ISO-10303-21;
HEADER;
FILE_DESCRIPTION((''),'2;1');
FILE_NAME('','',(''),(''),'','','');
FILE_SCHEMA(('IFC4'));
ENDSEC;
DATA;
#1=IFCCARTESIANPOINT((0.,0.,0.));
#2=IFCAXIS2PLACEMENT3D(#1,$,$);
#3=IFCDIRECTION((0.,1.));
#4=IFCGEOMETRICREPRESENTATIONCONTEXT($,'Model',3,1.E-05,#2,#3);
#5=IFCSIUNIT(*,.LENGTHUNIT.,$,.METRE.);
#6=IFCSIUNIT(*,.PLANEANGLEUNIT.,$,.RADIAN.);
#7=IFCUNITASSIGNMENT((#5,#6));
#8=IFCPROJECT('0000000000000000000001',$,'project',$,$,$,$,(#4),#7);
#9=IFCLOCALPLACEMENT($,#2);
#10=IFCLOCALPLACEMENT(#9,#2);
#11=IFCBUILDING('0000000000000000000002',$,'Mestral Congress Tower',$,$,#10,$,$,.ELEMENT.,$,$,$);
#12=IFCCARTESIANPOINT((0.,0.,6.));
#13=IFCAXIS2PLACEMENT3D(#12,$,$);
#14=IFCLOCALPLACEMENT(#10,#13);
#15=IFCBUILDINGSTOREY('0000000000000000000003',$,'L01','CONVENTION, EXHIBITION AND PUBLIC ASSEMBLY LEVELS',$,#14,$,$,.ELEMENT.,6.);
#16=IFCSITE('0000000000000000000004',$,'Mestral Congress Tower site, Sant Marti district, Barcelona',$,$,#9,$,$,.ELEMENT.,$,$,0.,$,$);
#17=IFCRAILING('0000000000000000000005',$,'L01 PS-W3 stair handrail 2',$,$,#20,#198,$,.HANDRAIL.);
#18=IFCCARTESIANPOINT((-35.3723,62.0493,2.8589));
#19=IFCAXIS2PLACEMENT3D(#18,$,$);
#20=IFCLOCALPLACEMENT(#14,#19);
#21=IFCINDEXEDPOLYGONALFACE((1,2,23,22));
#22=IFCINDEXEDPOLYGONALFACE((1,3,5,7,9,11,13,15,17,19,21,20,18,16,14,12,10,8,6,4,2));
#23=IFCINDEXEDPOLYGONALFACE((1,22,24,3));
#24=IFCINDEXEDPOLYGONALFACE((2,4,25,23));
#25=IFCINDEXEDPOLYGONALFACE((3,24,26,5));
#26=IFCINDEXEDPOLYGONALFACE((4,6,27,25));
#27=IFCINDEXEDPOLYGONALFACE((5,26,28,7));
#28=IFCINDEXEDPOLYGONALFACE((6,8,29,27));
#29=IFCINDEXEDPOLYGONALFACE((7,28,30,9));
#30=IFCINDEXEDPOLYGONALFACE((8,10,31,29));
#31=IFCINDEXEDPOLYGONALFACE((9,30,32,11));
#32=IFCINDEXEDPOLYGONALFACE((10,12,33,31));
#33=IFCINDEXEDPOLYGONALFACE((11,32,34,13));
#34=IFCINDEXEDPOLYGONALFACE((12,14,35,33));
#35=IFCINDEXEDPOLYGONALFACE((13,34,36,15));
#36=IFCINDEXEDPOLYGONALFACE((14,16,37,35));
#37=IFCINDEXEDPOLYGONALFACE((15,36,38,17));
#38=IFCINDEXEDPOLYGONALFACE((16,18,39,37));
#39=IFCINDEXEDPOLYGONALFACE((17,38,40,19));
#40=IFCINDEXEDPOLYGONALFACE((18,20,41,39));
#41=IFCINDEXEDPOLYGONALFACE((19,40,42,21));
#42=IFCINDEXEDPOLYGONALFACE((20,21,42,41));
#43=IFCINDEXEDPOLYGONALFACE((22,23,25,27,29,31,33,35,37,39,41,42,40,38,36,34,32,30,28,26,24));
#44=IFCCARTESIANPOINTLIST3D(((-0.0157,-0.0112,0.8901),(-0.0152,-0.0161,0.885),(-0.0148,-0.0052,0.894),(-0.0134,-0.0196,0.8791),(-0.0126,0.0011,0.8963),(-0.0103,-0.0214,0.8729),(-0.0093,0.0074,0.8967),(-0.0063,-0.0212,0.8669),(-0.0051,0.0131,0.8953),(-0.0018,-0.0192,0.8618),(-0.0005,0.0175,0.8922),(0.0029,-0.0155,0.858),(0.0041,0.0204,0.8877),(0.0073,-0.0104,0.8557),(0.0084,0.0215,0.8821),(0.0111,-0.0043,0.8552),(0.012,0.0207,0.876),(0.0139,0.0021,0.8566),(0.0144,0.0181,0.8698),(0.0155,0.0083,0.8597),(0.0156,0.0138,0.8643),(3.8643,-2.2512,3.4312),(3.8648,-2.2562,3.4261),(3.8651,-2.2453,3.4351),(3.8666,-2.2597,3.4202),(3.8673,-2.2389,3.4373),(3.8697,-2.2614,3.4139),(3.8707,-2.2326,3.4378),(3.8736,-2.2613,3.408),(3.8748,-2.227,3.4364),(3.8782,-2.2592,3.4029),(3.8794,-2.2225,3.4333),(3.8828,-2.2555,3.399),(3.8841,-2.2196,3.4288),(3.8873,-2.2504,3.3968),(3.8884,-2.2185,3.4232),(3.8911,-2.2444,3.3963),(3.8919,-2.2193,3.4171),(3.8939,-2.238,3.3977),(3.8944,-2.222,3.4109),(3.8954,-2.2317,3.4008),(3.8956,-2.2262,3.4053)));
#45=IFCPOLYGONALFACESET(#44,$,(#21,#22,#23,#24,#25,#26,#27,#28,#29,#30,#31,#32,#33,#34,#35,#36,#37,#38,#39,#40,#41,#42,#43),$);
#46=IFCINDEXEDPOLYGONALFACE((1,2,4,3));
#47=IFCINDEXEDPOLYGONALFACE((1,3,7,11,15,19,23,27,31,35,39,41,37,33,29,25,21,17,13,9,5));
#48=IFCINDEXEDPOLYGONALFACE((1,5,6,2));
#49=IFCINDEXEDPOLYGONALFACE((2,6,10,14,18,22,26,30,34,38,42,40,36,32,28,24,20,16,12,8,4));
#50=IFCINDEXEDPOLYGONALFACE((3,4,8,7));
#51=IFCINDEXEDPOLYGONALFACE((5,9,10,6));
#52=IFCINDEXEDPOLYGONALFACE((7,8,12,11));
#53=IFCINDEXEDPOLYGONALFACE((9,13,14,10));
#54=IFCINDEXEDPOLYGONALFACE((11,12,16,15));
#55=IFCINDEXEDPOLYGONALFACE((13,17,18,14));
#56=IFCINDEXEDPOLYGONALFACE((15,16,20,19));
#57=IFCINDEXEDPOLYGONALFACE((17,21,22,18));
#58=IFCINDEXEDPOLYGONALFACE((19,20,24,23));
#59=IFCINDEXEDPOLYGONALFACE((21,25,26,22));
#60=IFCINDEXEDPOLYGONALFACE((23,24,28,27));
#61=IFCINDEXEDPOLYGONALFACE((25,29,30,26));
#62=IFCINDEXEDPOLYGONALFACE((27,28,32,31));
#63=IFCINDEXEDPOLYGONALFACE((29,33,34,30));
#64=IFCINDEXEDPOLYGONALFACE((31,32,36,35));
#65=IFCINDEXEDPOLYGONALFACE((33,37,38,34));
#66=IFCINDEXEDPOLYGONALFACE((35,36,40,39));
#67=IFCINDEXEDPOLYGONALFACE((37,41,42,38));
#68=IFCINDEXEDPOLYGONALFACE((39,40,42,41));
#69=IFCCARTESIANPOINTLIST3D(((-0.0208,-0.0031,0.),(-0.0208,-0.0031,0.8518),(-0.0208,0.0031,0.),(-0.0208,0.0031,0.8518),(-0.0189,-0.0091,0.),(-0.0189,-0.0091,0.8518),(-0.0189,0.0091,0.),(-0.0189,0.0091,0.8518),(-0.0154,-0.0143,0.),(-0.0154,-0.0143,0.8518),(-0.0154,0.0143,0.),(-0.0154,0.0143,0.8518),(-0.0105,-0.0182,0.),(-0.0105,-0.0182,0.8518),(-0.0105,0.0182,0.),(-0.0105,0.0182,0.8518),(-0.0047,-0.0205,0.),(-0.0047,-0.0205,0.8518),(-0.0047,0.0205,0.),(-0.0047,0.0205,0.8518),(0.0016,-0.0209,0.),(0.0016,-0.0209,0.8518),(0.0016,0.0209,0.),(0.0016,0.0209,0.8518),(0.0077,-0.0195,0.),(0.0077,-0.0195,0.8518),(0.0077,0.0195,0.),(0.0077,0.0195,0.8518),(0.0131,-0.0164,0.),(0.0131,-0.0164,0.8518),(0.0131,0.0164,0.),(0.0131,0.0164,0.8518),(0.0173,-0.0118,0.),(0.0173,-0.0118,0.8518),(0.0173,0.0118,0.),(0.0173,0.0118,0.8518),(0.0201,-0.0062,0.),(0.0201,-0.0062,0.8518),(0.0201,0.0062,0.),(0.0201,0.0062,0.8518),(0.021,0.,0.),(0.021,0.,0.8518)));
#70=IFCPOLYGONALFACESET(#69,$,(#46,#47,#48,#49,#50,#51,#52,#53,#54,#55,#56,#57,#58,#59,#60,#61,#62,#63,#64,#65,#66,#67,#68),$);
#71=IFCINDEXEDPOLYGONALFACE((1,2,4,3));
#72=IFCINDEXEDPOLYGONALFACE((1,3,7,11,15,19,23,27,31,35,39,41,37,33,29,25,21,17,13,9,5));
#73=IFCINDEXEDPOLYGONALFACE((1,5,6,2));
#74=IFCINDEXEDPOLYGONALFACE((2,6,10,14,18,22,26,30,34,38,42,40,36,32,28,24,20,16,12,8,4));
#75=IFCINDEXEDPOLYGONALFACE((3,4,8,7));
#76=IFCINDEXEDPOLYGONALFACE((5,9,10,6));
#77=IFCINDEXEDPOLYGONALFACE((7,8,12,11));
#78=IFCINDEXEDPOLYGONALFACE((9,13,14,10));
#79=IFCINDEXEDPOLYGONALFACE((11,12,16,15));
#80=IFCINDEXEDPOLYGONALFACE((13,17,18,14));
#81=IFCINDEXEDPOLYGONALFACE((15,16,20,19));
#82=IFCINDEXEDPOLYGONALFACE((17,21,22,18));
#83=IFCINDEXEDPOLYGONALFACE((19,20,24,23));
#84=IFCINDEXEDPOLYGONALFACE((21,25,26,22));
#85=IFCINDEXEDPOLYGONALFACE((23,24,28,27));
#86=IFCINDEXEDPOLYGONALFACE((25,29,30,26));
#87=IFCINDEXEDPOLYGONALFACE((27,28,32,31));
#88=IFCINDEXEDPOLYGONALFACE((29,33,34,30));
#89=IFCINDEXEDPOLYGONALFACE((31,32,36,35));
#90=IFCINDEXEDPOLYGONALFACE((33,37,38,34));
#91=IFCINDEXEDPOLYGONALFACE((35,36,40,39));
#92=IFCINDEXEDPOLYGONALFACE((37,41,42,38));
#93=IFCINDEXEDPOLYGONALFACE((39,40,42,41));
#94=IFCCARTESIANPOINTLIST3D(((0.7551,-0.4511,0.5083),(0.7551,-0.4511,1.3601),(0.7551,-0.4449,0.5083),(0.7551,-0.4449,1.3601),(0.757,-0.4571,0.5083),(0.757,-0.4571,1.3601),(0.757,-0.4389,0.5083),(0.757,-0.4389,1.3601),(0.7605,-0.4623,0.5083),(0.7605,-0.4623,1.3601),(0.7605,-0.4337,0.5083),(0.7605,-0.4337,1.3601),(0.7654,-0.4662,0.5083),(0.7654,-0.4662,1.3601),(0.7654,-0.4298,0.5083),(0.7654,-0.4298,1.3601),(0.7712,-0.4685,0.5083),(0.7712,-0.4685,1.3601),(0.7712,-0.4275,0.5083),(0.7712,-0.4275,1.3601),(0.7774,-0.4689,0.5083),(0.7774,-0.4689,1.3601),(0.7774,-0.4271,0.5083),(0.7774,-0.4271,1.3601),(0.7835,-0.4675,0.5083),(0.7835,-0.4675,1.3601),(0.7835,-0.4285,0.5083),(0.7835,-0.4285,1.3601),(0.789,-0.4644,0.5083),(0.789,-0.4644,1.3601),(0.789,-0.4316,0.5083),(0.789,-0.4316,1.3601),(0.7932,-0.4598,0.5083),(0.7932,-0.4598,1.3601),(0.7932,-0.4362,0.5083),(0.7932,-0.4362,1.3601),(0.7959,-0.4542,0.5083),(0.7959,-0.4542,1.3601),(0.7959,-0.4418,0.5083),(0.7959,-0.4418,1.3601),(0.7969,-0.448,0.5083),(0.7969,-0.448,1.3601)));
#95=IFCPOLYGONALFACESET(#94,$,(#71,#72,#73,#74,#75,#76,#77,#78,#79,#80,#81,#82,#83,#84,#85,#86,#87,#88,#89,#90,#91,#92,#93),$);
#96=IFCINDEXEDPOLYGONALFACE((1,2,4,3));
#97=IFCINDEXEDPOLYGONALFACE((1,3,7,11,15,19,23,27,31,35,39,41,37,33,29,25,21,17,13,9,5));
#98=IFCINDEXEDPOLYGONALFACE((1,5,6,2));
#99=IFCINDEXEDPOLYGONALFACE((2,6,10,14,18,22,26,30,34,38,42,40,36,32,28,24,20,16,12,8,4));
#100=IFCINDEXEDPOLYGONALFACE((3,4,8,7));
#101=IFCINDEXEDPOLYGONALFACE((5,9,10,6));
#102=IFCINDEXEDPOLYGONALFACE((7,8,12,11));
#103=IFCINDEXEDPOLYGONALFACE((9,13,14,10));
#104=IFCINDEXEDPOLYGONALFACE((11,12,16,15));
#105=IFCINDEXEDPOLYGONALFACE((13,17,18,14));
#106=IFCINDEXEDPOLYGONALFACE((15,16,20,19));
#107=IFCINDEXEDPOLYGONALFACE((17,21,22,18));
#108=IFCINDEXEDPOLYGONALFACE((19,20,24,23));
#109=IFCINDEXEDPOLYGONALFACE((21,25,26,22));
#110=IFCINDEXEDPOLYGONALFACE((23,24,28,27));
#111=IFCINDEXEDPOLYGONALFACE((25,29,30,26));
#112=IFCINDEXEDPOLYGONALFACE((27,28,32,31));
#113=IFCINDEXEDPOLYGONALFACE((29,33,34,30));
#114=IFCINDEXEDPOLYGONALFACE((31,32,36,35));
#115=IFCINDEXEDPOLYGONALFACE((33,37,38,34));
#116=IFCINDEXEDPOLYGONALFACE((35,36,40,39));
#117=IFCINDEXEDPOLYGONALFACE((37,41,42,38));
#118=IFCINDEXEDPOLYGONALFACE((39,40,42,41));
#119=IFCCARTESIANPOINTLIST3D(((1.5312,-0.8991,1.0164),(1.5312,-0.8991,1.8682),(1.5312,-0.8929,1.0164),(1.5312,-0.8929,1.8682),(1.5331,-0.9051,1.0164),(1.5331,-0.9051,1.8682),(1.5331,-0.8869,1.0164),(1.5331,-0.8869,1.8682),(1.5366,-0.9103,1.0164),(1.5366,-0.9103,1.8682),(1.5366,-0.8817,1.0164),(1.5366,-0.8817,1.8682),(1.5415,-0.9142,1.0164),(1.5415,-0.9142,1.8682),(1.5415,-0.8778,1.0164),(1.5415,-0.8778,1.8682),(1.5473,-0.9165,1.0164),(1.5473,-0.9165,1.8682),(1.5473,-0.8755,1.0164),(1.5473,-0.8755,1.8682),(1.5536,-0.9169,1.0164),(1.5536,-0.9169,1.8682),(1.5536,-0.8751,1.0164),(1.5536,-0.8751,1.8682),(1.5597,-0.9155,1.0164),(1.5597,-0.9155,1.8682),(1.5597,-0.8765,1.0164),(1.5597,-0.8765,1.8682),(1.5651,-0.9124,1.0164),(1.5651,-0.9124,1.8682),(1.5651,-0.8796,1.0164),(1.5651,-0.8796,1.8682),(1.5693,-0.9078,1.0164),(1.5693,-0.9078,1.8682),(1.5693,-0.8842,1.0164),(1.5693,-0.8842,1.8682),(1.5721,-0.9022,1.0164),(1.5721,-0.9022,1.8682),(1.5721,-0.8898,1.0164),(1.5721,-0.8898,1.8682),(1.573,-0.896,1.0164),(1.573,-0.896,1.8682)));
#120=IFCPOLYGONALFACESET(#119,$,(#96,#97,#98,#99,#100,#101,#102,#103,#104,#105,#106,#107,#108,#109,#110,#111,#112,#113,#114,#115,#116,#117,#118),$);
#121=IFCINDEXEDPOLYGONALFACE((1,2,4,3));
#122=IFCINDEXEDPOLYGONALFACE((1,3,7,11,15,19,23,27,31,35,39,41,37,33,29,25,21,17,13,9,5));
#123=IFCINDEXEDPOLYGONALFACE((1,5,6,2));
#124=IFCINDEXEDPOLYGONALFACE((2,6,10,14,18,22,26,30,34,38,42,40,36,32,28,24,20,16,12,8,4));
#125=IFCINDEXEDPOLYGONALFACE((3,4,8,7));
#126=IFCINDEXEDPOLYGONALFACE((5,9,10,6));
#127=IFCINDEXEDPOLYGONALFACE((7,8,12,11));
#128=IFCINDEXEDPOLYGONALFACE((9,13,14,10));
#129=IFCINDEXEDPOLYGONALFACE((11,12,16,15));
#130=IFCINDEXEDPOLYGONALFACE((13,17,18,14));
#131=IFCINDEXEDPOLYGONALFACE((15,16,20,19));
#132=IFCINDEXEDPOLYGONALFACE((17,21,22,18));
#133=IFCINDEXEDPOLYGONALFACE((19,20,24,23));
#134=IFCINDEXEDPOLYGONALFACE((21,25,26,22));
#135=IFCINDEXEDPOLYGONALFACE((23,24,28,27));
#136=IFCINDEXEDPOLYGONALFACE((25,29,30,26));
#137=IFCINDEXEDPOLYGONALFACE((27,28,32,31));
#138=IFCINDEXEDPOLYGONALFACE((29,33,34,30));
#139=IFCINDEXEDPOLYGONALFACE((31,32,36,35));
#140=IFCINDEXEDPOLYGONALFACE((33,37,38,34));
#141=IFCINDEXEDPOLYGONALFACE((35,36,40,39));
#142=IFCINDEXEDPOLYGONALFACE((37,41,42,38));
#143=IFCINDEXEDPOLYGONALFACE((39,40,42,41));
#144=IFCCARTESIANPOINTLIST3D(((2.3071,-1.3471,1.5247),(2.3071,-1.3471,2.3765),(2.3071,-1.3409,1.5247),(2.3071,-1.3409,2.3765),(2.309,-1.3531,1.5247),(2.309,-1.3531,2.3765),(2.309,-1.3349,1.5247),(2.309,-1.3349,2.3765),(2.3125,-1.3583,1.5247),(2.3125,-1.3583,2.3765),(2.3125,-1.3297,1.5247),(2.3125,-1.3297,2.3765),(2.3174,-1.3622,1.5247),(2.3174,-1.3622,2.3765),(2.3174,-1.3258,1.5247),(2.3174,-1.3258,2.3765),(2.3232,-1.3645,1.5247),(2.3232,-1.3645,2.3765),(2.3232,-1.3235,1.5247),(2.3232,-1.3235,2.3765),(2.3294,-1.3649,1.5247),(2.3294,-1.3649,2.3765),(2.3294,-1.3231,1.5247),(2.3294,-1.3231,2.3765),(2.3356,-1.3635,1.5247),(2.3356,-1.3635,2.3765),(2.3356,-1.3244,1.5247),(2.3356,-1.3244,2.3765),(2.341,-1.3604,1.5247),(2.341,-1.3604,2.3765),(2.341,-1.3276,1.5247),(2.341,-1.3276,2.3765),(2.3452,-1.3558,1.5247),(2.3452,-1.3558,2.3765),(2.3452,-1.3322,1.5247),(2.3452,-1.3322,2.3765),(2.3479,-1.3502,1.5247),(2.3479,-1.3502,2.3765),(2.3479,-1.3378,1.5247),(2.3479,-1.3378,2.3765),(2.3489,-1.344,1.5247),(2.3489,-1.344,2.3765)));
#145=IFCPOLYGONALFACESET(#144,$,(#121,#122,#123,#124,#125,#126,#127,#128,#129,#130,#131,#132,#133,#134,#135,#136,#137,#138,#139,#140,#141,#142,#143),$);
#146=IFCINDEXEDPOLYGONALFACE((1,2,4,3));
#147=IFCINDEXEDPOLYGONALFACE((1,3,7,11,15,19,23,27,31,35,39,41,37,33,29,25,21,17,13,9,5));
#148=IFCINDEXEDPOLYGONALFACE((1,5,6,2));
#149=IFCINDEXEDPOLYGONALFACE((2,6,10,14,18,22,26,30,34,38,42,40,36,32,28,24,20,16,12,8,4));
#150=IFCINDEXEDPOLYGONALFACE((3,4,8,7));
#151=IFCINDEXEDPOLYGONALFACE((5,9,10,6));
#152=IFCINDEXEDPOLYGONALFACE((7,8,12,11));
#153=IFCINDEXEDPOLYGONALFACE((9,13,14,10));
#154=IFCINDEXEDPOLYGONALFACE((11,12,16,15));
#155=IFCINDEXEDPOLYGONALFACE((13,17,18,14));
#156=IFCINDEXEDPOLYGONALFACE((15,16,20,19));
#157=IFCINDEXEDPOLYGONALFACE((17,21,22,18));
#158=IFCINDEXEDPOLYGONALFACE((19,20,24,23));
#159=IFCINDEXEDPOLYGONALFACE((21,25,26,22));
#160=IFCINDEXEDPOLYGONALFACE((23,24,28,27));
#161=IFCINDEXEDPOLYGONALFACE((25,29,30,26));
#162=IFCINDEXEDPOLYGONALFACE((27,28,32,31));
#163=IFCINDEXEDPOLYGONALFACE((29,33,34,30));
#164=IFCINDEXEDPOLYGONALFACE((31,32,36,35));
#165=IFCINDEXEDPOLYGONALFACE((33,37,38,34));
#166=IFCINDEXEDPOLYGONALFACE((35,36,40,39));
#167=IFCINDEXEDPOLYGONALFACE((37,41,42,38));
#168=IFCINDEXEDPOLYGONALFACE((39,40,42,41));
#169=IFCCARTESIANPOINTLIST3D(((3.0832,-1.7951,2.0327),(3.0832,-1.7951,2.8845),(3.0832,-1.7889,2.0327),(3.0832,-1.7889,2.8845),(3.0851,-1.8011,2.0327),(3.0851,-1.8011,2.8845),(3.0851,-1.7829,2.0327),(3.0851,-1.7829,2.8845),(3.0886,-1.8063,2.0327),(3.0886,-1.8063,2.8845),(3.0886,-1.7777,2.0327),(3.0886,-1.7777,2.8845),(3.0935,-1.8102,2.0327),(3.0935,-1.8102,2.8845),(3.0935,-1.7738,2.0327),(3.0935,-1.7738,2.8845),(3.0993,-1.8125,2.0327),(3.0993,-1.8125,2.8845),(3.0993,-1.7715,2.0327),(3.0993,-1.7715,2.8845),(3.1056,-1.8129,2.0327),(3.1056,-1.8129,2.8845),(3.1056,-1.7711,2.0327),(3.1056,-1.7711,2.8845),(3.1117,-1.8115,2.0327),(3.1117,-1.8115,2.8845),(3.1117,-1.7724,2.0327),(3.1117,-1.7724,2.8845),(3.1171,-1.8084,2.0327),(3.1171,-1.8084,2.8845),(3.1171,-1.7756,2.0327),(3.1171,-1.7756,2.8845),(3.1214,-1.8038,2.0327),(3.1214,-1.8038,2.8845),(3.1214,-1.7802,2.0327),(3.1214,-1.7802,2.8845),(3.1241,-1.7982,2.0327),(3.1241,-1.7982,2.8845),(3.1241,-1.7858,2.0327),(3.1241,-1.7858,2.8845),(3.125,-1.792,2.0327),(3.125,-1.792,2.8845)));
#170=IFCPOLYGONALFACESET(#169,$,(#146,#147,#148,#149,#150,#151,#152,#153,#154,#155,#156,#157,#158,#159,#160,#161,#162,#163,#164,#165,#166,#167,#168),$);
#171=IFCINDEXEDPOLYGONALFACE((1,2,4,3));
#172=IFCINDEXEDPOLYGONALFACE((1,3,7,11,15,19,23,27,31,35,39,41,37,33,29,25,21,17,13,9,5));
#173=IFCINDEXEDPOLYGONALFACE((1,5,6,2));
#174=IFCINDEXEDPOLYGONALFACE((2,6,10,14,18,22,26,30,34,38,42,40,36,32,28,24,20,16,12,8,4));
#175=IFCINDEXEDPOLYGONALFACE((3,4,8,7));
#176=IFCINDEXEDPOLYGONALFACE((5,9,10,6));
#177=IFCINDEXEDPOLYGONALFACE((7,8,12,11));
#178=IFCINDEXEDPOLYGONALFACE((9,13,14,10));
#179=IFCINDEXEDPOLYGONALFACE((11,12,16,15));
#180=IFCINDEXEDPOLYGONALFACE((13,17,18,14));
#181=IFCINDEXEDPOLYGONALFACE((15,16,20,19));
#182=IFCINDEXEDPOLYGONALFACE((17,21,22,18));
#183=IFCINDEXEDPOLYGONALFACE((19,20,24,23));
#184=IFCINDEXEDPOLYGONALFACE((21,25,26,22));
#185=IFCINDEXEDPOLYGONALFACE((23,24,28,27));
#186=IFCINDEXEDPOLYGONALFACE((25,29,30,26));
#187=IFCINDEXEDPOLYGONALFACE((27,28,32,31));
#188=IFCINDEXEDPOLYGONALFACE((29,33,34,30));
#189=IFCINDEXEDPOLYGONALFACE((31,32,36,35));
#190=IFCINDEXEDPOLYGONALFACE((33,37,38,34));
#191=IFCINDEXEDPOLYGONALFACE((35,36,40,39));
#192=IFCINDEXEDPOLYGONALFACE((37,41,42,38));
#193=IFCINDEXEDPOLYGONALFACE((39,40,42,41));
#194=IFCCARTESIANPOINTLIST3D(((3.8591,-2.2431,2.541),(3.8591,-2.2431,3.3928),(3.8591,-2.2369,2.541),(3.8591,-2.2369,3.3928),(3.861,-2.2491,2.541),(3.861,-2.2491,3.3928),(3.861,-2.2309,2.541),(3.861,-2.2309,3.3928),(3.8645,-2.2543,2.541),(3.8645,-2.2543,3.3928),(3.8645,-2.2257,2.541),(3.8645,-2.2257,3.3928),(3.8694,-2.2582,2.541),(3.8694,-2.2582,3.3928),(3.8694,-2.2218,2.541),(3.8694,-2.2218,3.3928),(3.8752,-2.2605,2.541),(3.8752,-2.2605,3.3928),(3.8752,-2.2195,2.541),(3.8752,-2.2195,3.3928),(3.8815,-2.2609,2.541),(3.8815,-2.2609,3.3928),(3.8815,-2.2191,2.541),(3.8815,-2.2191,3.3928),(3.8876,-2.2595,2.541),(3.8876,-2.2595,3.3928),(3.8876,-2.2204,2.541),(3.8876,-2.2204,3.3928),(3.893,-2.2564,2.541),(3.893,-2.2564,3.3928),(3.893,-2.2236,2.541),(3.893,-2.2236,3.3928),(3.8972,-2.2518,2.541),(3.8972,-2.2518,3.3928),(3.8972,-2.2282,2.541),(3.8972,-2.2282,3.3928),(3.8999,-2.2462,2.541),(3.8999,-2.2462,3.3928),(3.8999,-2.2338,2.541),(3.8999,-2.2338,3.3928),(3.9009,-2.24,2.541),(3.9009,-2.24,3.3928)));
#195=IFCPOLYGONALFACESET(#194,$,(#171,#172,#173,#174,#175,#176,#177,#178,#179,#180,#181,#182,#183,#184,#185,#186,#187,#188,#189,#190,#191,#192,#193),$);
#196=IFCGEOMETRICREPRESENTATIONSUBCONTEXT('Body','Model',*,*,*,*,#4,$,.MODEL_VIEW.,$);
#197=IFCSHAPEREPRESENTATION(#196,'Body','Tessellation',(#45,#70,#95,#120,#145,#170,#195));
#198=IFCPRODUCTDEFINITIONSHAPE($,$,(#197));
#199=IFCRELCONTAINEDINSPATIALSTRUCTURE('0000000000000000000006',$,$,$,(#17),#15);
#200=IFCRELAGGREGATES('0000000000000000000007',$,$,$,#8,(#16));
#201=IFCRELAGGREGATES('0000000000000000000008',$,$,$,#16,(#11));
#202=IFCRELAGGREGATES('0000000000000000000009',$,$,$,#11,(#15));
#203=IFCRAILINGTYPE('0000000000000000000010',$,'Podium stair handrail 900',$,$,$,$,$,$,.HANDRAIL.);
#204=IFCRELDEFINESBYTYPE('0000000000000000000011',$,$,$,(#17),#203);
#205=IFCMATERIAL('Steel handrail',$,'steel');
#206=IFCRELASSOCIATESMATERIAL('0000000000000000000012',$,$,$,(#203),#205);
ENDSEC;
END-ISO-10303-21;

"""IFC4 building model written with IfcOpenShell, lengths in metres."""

from ifc_helpers import new_model, si_unit, direction, frame, origin, origin_2d, place, context, subcontext, project, spatial, circle, extrude, material, type_object, element, save


model = new_model("IFC4")

# Units and contexts
model_context = context("Model", 3, precision=1e-05, world=origin(), true_north=direction((0.0, 1.0)))
body_context = subcontext(model_context, "Body", "Model", "MODEL_VIEW")
ifc_project = project(units=[si_unit("LENGTHUNIT", "METRE"), si_unit("PLANEANGLEUNIT", "RADIAN")], contexts=[model_context])

# Site, building, storey
site_placement = place(None, origin())
site = spatial("IfcSite", under=ifc_project, at=site_placement, Name="Mestral Congress Tower site, Sant Marti district, Barcelona", CompositionType="ELEMENT", RefElevation=0.0)
building_placement = place(site_placement, origin())
building = spatial("IfcBuilding", under=site, at=building_placement, Name="Mestral Congress Tower", CompositionType="ELEMENT")
storey_placement = place(building_placement, frame((0.0, 0.0, 6.0)))
storey = spatial("IfcBuildingStorey", under=building, at=storey_placement, Name="L01", Description="CONVENTION, EXHIBITION AND PUBLIC ASSEMBLY LEVELS", CompositionType="ELEMENT", Elevation=6.0)

# Railing
ifc_material_1 = material(Name="Steel handrail", Category="steel")
railing_type_1 = type_object("IfcRailingType", Name="Podium stair handrail 900", PredefinedType="HANDRAIL", material=ifc_material_1)
railing_1_placement = place(storey_placement, frame((-35.3723, 62.0493, 2.8589)))
element("IfcRailing", 1, at=railing_1_placement, inside=storey, type_object=railing_type_1, Name="L01 PS-W3 stair handrail 2", PredefinedType="HANDRAIL", context=body_context, shape_type="SweptSolid", body=[
    extrude(circle(Radius=0.0239, at=origin_2d()), frame((0.0, 0.0, 0.876), z_axis=(0.7533, -0.434906, 0.493352), x_axis=(0.49999, 0.866031, 0.0)), (0.0, 0.0, 1.0), 5.1506),
    extrude(circle(Radius=0.021, at=origin_2d()), origin(), (0.0, 0.0, 1.0), 0.8518),
    extrude(circle(Radius=0.021, at=origin_2d()), frame((0.7759, -0.448, 0.5083)), (0.0, 0.0, 1.0), 0.8518),
    extrude(circle(Radius=0.021, at=origin_2d()), frame((1.552, -0.896, 1.0164)), (0.0, 0.0, 1.0), 0.8518),
    extrude(circle(Radius=0.021, at=origin_2d()), frame((2.3279, -1.344, 1.5247)), (0.0, 0.0, 1.0), 0.8518),
    extrude(circle(Radius=0.021, at=origin_2d()), frame((3.104, -1.792, 2.0327)), (0.0, 0.0, 1.0), 0.8518),
    extrude(circle(Radius=0.021, at=origin_2d()), frame((3.8799, -2.24, 2.541)), (0.0, 0.0, 1.0), 0.8518),
])

save(model, "model.ifc")
